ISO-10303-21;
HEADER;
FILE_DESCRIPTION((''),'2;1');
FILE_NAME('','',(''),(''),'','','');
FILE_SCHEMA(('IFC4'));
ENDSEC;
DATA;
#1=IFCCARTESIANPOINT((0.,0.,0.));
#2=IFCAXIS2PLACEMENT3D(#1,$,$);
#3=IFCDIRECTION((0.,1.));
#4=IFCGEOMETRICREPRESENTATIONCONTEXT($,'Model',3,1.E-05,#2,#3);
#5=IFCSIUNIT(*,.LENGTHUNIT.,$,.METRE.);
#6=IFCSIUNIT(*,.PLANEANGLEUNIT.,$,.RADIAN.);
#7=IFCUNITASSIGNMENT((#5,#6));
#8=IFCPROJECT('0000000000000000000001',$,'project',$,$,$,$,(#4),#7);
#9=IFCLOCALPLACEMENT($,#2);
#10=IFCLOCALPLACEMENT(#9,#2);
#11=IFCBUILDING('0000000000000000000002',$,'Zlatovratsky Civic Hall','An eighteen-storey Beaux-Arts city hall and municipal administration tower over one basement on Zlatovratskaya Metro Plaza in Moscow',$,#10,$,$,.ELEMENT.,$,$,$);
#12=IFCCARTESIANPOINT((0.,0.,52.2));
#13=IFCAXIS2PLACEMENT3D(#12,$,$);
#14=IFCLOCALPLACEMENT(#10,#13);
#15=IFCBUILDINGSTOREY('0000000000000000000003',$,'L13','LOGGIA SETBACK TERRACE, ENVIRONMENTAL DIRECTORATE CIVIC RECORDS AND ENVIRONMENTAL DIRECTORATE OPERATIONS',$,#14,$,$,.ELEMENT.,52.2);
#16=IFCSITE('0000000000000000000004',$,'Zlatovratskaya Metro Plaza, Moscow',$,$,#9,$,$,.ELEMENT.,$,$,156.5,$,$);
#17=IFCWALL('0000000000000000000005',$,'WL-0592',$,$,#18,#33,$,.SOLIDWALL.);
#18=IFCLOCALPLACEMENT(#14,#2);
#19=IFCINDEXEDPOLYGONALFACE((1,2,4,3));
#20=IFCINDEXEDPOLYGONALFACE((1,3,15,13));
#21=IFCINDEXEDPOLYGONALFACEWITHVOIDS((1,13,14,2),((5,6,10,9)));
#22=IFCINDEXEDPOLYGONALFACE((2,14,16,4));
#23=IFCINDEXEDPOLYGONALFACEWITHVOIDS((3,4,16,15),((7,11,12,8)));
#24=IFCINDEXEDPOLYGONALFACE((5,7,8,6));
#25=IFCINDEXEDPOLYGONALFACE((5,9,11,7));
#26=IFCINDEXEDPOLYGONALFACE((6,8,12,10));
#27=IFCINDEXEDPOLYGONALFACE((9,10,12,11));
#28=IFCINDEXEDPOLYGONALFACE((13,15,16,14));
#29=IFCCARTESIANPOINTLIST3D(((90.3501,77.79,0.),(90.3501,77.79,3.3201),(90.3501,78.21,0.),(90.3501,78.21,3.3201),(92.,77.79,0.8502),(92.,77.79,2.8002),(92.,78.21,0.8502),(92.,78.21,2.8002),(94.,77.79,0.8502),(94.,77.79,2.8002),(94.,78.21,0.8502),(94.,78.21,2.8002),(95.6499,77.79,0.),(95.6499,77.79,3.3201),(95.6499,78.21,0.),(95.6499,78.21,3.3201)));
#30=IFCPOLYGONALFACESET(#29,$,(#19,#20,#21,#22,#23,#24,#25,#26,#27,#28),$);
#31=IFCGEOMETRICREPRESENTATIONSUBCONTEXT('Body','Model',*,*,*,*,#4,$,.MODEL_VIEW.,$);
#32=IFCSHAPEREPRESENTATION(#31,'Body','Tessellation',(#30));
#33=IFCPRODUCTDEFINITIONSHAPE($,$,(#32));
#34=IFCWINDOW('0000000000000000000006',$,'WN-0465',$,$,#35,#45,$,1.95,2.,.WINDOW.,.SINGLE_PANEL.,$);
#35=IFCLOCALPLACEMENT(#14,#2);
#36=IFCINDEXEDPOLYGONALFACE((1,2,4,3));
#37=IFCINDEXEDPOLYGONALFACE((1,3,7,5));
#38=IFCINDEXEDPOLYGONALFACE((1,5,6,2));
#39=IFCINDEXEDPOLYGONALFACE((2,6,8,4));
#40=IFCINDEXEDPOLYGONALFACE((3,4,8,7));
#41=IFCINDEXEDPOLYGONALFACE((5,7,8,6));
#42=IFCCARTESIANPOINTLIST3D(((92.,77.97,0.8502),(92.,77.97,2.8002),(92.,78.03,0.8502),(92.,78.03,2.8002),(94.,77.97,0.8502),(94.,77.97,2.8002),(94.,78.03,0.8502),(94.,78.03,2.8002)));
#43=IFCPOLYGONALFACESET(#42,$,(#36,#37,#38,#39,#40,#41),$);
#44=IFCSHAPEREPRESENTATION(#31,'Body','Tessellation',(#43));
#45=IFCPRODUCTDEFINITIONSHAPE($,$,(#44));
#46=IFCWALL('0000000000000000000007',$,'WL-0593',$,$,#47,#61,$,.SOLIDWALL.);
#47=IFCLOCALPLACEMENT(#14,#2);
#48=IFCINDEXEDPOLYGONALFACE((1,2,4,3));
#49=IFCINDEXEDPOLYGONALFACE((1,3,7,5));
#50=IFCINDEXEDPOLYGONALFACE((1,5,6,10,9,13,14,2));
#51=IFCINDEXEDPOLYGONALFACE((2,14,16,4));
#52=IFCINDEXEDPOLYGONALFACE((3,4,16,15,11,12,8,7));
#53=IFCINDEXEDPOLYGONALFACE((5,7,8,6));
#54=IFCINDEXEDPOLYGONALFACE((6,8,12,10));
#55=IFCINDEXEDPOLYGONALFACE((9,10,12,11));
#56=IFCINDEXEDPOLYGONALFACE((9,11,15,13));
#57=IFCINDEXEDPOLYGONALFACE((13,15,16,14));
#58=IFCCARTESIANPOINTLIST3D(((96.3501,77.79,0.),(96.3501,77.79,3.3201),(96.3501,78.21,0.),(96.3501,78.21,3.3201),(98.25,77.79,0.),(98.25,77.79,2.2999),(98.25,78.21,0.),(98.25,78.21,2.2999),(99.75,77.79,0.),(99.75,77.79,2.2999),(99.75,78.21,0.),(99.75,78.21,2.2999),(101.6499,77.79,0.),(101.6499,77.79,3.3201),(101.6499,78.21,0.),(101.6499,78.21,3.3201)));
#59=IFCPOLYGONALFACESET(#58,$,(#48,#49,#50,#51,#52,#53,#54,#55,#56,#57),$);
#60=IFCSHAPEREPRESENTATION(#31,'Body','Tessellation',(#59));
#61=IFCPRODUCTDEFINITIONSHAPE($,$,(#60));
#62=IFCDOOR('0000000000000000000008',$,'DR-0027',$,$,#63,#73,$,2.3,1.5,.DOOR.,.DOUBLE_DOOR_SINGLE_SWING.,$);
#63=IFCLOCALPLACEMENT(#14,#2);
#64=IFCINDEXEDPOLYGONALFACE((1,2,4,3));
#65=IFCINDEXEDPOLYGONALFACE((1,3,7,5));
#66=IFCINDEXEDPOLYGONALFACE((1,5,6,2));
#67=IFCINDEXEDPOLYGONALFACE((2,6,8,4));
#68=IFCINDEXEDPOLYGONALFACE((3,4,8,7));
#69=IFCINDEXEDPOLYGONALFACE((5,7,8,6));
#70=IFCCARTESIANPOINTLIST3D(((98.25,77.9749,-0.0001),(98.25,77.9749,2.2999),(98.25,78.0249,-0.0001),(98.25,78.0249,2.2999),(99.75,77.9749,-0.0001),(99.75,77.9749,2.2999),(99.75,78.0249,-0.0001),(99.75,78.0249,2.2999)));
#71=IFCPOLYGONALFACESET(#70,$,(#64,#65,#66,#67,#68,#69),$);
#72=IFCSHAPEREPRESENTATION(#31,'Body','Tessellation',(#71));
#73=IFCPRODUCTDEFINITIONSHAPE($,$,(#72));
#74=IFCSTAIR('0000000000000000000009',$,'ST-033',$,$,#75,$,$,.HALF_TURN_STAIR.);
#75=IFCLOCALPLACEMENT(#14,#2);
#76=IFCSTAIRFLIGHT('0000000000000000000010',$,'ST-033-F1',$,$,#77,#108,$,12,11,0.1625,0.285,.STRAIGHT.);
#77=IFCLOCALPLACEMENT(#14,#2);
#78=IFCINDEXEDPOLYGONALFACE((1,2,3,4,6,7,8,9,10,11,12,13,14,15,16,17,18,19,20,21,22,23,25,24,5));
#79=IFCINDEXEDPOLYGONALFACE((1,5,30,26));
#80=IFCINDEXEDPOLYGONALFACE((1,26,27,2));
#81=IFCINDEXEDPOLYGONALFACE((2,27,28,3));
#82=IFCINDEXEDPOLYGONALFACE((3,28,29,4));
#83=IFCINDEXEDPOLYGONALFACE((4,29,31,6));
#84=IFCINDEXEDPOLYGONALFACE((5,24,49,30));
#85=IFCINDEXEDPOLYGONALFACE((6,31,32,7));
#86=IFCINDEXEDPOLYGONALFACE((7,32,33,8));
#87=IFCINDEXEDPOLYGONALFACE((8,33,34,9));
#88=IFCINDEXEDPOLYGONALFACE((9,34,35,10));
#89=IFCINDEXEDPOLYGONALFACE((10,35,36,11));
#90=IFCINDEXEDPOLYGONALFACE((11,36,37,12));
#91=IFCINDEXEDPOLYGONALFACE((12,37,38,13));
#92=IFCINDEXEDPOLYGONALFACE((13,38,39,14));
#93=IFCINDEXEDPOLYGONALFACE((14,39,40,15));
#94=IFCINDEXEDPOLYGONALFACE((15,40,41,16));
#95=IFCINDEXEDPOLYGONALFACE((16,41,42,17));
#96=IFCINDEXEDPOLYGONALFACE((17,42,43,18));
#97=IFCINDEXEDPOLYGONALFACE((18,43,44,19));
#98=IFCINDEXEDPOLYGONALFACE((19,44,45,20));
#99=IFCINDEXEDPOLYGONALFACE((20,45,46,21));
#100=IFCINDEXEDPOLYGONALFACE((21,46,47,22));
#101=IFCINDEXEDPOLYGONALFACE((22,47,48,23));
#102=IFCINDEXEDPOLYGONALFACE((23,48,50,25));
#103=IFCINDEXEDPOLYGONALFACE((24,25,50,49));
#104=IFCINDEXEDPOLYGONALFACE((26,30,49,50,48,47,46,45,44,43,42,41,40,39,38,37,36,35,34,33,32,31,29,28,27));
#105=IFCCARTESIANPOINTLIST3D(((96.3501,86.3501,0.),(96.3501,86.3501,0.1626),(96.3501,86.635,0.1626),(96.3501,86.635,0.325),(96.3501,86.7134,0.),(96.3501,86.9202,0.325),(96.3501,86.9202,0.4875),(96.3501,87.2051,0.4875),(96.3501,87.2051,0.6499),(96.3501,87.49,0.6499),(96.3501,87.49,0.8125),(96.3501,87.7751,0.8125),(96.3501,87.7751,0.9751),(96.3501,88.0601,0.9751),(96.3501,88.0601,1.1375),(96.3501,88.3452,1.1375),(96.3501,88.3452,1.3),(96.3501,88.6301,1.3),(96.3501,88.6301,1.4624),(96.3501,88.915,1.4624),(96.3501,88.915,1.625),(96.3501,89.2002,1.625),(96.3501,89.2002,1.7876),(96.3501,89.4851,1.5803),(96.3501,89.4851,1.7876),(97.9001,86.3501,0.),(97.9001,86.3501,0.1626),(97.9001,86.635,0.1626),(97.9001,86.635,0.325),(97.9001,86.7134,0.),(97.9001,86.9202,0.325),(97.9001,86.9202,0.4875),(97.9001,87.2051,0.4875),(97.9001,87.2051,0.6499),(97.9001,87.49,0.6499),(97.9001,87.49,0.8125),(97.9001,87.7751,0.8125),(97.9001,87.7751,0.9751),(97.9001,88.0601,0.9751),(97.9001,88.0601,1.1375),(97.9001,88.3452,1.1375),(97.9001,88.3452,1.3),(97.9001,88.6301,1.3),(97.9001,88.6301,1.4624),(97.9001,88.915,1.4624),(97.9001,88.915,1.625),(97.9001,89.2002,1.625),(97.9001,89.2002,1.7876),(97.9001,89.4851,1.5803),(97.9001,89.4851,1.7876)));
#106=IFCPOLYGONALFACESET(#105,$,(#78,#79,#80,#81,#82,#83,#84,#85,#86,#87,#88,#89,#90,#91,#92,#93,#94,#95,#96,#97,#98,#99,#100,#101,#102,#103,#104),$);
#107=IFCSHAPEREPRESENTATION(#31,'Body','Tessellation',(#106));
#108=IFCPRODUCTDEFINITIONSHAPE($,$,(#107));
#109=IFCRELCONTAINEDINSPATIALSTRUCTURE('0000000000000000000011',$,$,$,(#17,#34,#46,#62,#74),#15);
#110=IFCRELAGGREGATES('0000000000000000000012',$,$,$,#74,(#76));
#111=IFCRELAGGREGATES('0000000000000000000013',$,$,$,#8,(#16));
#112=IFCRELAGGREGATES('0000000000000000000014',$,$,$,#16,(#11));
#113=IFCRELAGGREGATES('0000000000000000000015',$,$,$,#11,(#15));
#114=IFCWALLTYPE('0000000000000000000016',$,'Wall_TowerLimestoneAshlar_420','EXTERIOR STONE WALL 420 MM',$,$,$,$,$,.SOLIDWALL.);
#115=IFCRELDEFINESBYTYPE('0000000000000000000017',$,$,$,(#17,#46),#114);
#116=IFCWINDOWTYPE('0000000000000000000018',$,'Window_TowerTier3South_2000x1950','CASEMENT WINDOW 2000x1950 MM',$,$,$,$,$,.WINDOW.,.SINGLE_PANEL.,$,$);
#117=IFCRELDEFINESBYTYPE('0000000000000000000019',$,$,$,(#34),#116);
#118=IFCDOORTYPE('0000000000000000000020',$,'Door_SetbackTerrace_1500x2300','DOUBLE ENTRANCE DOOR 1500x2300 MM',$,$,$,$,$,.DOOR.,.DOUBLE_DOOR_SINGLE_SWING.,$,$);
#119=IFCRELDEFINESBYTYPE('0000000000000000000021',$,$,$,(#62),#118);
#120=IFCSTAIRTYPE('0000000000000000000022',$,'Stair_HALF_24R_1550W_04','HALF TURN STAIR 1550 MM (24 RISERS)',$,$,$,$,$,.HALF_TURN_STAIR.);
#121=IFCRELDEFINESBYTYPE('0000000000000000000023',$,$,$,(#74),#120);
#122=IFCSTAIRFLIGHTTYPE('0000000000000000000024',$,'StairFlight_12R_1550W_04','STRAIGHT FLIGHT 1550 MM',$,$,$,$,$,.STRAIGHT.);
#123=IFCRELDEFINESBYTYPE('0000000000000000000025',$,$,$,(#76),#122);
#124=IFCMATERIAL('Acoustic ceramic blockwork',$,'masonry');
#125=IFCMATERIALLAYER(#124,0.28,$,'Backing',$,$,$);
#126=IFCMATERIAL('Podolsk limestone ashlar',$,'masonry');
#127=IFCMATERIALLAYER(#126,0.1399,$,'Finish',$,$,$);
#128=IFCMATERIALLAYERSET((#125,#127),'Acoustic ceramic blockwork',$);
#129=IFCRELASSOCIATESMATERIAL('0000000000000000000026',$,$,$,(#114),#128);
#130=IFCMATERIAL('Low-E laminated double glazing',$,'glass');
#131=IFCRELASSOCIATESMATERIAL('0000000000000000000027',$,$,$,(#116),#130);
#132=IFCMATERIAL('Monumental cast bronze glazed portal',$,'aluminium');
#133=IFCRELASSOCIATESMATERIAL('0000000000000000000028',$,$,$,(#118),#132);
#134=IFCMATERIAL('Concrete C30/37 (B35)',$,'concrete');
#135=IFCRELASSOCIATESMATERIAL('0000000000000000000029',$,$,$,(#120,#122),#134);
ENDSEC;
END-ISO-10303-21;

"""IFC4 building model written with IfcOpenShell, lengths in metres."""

from ifc_helpers import new_model, si_unit, direction, frame, frame_2d, origin, place, context, subcontext, project, spatial, polyline, rectangle, outline, extrude, material, layer, layer_set, type_object, element, fill, aggregate, save


model = new_model("IFC4")

# Units and contexts
model_context = context("Model", 3, precision=1e-05, world=origin(), true_north=direction((0.0, 1.0)))
body_context = subcontext(model_context, "Body", "Model", "MODEL_VIEW")
ifc_project = project(units=[si_unit("LENGTHUNIT", "METRE"), si_unit("PLANEANGLEUNIT", "RADIAN")], contexts=[model_context])

# Site, building, storey
site_placement = place(None, origin())
site = spatial("IfcSite", under=ifc_project, at=site_placement, Name="Zlatovratskaya Metro Plaza, Moscow", CompositionType="ELEMENT", RefElevation=156.5)
building_placement = place(site_placement, origin())
building = spatial("IfcBuilding", under=site, at=building_placement, Name="Zlatovratsky Civic Hall", Description="An eighteen-storey Beaux-Arts city hall and municipal administration tower over one basement on Zlatovratskaya Metro Plaza in Moscow", CompositionType="ELEMENT")
storey_placement = place(building_placement, frame((0.0, 0.0, 52.2)))
storey = spatial("IfcBuildingStorey", under=building, at=storey_placement, Name="L13", Description="LOGGIA SETBACK TERRACE, ENVIRONMENTAL DIRECTORATE CIVIC RECORDS AND ENVIRONMENTAL DIRECTORATE OPERATIONS", CompositionType="ELEMENT", Elevation=52.2)

# Shared definitions
ifc_material_1 = material(Name="Acoustic ceramic blockwork", Category="masonry")

# Wall, opening, window
ifc_layer_1 = layer(ifc_material_1, 0.28, Name="Backing")
ifc_material_2 = material(Name="Podolsk limestone ashlar", Category="masonry")
ifc_layer_2 = layer(ifc_material_2, 0.1399, Name="Finish")
ifc_layer_set_1 = layer_set([ifc_layer_1, ifc_layer_2], Name="Acoustic ceramic blockwork")
wall_type_1 = type_object("IfcWallType", Name="Wall_TowerLimestoneAshlar_420", Description="EXTERIOR STONE WALL 420 MM", PredefinedType="SOLIDWALL", material=ifc_layer_set_1)
wall_1_placement = place(storey_placement, frame((90.3501, 78.0, 0.0), z_axis=(0.0, 0.0, 1.0), x_axis=(1.0, 0.0, 0.0)))
wall_1 = element("IfcWall", 1, at=wall_1_placement, inside=storey, type_object=wall_type_1, Name="WL-0592", PredefinedType="SOLIDWALL", context=body_context, shape_type="SweptSolid", body=[
    extrude(rectangle(XDim=5.2998, YDim=0.4199, at=frame_2d((2.6499, 0.0))), origin(), (0.0, 0.0, 1.0), 3.3201),
])
opening_1_placement = place(wall_1_placement, frame((1.6499, 0.0, 0.8501)))
opening_1 = element("IfcOpeningElement", 2, at=opening_1_placement, cuts=wall_1, PredefinedType="OPENING", context=body_context, shape_type="SweptSolid", body=[
    extrude(rectangle(XDim=2.0, YDim=1.95, at=frame_2d((1.0, 0.9751))), frame((0.0, 0.2249, 0.0), z_axis=(0.0, -1.0, 0.0), x_axis=(1.0, 0.0, 0.0)), (0.0, 0.0, 1.0), 0.4497),
])
ifc_material_3 = material(Name="Low-E laminated double glazing", Category="glass")
window_type = type_object("IfcWindowType", Name="Window_TowerTier3South_2000x1950", Description="CASEMENT WINDOW 2000x1950 MM", PartitioningType="SINGLE_PANEL", PredefinedType="WINDOW", material=ifc_material_3)
window_placement = place(opening_1_placement, origin())
window = element("IfcWindow", 3, at=window_placement, inside=storey, type_object=window_type, Name="WN-0465", OverallHeight=1.95, OverallWidth=2.0, PartitioningType="SINGLE_PANEL", PredefinedType="WINDOW", context=body_context, shape_type="SweptSolid", body=[
    extrude(rectangle(XDim=2.0, YDim=1.95, at=frame_2d((1.0, 0.9751))), frame((0.0, 0.03, 0.0), z_axis=(0.0, -1.0, 0.0), x_axis=(1.0, 0.0, 0.0)), (0.0, 0.0, 1.0), 0.0601),
])
fill(opening_1, window)

# Wall, opening, door
wall_2_placement = place(storey_placement, frame((96.3501, 78.0, 0.0), z_axis=(0.0, 0.0, 1.0), x_axis=(1.0, 0.0, 0.0)))
wall_2 = element("IfcWall", 4, at=wall_2_placement, inside=storey, type_object=wall_type_1, Name="WL-0593", PredefinedType="SOLIDWALL", context=body_context, shape_type="SweptSolid", body=[
    extrude(rectangle(XDim=5.2998, YDim=0.4199, at=frame_2d((2.6499, 0.0))), origin(), (0.0, 0.0, 1.0), 3.3201),
])
opening_2_placement = place(wall_2_placement, frame((1.8999, 0.0, 0.0)))
opening_2 = element("IfcOpeningElement", 5, at=opening_2_placement, cuts=wall_2, PredefinedType="OPENING", context=body_context, shape_type="SweptSolid", body=[
    extrude(rectangle(XDim=1.5, YDim=2.3, at=frame_2d((0.75, 1.1499))), frame((0.0, 0.2249, 0.0), z_axis=(0.0, -1.0, 0.0), x_axis=(1.0, 0.0, 0.0)), (0.0, 0.0, 1.0), 0.4497),
])
ifc_material_4 = material(Name="Monumental cast bronze glazed portal", Category="aluminium")
door_type_1 = type_object("IfcDoorType", Name="Door_SetbackTerrace_1500x2300", Description="DOUBLE ENTRANCE DOOR 1500x2300 MM", OperationType="DOUBLE_DOOR_SINGLE_SWING", PredefinedType="DOOR", material=ifc_material_4)
door_1_placement = place(opening_2_placement, origin())
door_1 = element("IfcDoor", 6, at=door_1_placement, inside=storey, type_object=door_type_1, Name="DR-0027", OperationType="DOUBLE_DOOR_SINGLE_SWING", OverallHeight=2.3, OverallWidth=1.5, PredefinedType="DOOR", context=body_context, shape_type="SweptSolid", body=[
    extrude(rectangle(XDim=1.5, YDim=2.3, at=frame_2d((0.75, 1.1499))), frame((0.0, 0.0249, 0.0), z_axis=(0.0, -1.0, 0.0), x_axis=(1.0, 0.0, 0.0)), (0.0, 0.0, 1.0), 0.05),
])
fill(opening_2, door_1)

# Stair, stair flight
ifc_material_5 = material(Name="Concrete C30/37 (B35)", Category="concrete")
stair_type = type_object("IfcStairType", Name="Stair_HALF_24R_1550W_04", Description="HALF TURN STAIR 1550 MM (24 RISERS)", PredefinedType="HALF_TURN_STAIR", material=ifc_material_5)
stair_placement = place(storey_placement, origin())
stair = element("IfcStair", 7, at=stair_placement, inside=storey, type_object=stair_type, Name="ST-033", PredefinedType="HALF_TURN_STAIR")
stair_flight_type = type_object("IfcStairFlightType", Name="StairFlight_12R_1550W_04", Description="STRAIGHT FLIGHT 1550 MM", PredefinedType="STRAIGHT", material=ifc_material_5)
stair_flight_placement = place(storey_placement, frame((97.125, 86.3501, 0.0), z_axis=(0.0, 0.0, 1.0), x_axis=(0.0, 1.0, 0.0)))
stair_flight = element("IfcStairFlight", 8, at=stair_flight_placement, type_object=stair_flight_type, Name="ST-033-F1", NumberOfRisers=12, NumberOfTreads=11, PredefinedType="STRAIGHT", RiserHeight=0.1625, TreadLength=0.285, context=body_context, shape_type="SweptSolid", body=[
    extrude(outline(polyline([(0.0, 0.0), (0.0, 0.1626), (0.2849, 0.1626), (0.2849, 0.325), (0.5701, 0.325), (0.5701, 0.4875), (0.855, 0.4875), (0.855, 0.6499), (1.1399, 0.6499), (1.1399, 0.8125), (1.425, 0.8125), (1.425, 0.9751), (1.71, 0.9751), (1.71, 1.1375), (1.9951, 1.1375), (1.9951, 1.3), (2.28, 1.3), (2.28, 1.4624), (2.5649, 1.4624), (2.5649, 1.625), (2.8501, 1.625), (2.8501, 1.7876), (3.135, 1.7876), (3.135, 1.95), (3.135, 1.5803), (0.3633, 0.0), (0.0, 0.0)])), frame((0.0, 0.7749, 0.0), z_axis=(0.0, -1.0, 0.0), x_axis=(1.0, 0.0, 0.0)), (0.0, 0.0, 1.0), 1.55),
])
aggregate(stair, [stair_flight])

save(model, "model.ifc")
